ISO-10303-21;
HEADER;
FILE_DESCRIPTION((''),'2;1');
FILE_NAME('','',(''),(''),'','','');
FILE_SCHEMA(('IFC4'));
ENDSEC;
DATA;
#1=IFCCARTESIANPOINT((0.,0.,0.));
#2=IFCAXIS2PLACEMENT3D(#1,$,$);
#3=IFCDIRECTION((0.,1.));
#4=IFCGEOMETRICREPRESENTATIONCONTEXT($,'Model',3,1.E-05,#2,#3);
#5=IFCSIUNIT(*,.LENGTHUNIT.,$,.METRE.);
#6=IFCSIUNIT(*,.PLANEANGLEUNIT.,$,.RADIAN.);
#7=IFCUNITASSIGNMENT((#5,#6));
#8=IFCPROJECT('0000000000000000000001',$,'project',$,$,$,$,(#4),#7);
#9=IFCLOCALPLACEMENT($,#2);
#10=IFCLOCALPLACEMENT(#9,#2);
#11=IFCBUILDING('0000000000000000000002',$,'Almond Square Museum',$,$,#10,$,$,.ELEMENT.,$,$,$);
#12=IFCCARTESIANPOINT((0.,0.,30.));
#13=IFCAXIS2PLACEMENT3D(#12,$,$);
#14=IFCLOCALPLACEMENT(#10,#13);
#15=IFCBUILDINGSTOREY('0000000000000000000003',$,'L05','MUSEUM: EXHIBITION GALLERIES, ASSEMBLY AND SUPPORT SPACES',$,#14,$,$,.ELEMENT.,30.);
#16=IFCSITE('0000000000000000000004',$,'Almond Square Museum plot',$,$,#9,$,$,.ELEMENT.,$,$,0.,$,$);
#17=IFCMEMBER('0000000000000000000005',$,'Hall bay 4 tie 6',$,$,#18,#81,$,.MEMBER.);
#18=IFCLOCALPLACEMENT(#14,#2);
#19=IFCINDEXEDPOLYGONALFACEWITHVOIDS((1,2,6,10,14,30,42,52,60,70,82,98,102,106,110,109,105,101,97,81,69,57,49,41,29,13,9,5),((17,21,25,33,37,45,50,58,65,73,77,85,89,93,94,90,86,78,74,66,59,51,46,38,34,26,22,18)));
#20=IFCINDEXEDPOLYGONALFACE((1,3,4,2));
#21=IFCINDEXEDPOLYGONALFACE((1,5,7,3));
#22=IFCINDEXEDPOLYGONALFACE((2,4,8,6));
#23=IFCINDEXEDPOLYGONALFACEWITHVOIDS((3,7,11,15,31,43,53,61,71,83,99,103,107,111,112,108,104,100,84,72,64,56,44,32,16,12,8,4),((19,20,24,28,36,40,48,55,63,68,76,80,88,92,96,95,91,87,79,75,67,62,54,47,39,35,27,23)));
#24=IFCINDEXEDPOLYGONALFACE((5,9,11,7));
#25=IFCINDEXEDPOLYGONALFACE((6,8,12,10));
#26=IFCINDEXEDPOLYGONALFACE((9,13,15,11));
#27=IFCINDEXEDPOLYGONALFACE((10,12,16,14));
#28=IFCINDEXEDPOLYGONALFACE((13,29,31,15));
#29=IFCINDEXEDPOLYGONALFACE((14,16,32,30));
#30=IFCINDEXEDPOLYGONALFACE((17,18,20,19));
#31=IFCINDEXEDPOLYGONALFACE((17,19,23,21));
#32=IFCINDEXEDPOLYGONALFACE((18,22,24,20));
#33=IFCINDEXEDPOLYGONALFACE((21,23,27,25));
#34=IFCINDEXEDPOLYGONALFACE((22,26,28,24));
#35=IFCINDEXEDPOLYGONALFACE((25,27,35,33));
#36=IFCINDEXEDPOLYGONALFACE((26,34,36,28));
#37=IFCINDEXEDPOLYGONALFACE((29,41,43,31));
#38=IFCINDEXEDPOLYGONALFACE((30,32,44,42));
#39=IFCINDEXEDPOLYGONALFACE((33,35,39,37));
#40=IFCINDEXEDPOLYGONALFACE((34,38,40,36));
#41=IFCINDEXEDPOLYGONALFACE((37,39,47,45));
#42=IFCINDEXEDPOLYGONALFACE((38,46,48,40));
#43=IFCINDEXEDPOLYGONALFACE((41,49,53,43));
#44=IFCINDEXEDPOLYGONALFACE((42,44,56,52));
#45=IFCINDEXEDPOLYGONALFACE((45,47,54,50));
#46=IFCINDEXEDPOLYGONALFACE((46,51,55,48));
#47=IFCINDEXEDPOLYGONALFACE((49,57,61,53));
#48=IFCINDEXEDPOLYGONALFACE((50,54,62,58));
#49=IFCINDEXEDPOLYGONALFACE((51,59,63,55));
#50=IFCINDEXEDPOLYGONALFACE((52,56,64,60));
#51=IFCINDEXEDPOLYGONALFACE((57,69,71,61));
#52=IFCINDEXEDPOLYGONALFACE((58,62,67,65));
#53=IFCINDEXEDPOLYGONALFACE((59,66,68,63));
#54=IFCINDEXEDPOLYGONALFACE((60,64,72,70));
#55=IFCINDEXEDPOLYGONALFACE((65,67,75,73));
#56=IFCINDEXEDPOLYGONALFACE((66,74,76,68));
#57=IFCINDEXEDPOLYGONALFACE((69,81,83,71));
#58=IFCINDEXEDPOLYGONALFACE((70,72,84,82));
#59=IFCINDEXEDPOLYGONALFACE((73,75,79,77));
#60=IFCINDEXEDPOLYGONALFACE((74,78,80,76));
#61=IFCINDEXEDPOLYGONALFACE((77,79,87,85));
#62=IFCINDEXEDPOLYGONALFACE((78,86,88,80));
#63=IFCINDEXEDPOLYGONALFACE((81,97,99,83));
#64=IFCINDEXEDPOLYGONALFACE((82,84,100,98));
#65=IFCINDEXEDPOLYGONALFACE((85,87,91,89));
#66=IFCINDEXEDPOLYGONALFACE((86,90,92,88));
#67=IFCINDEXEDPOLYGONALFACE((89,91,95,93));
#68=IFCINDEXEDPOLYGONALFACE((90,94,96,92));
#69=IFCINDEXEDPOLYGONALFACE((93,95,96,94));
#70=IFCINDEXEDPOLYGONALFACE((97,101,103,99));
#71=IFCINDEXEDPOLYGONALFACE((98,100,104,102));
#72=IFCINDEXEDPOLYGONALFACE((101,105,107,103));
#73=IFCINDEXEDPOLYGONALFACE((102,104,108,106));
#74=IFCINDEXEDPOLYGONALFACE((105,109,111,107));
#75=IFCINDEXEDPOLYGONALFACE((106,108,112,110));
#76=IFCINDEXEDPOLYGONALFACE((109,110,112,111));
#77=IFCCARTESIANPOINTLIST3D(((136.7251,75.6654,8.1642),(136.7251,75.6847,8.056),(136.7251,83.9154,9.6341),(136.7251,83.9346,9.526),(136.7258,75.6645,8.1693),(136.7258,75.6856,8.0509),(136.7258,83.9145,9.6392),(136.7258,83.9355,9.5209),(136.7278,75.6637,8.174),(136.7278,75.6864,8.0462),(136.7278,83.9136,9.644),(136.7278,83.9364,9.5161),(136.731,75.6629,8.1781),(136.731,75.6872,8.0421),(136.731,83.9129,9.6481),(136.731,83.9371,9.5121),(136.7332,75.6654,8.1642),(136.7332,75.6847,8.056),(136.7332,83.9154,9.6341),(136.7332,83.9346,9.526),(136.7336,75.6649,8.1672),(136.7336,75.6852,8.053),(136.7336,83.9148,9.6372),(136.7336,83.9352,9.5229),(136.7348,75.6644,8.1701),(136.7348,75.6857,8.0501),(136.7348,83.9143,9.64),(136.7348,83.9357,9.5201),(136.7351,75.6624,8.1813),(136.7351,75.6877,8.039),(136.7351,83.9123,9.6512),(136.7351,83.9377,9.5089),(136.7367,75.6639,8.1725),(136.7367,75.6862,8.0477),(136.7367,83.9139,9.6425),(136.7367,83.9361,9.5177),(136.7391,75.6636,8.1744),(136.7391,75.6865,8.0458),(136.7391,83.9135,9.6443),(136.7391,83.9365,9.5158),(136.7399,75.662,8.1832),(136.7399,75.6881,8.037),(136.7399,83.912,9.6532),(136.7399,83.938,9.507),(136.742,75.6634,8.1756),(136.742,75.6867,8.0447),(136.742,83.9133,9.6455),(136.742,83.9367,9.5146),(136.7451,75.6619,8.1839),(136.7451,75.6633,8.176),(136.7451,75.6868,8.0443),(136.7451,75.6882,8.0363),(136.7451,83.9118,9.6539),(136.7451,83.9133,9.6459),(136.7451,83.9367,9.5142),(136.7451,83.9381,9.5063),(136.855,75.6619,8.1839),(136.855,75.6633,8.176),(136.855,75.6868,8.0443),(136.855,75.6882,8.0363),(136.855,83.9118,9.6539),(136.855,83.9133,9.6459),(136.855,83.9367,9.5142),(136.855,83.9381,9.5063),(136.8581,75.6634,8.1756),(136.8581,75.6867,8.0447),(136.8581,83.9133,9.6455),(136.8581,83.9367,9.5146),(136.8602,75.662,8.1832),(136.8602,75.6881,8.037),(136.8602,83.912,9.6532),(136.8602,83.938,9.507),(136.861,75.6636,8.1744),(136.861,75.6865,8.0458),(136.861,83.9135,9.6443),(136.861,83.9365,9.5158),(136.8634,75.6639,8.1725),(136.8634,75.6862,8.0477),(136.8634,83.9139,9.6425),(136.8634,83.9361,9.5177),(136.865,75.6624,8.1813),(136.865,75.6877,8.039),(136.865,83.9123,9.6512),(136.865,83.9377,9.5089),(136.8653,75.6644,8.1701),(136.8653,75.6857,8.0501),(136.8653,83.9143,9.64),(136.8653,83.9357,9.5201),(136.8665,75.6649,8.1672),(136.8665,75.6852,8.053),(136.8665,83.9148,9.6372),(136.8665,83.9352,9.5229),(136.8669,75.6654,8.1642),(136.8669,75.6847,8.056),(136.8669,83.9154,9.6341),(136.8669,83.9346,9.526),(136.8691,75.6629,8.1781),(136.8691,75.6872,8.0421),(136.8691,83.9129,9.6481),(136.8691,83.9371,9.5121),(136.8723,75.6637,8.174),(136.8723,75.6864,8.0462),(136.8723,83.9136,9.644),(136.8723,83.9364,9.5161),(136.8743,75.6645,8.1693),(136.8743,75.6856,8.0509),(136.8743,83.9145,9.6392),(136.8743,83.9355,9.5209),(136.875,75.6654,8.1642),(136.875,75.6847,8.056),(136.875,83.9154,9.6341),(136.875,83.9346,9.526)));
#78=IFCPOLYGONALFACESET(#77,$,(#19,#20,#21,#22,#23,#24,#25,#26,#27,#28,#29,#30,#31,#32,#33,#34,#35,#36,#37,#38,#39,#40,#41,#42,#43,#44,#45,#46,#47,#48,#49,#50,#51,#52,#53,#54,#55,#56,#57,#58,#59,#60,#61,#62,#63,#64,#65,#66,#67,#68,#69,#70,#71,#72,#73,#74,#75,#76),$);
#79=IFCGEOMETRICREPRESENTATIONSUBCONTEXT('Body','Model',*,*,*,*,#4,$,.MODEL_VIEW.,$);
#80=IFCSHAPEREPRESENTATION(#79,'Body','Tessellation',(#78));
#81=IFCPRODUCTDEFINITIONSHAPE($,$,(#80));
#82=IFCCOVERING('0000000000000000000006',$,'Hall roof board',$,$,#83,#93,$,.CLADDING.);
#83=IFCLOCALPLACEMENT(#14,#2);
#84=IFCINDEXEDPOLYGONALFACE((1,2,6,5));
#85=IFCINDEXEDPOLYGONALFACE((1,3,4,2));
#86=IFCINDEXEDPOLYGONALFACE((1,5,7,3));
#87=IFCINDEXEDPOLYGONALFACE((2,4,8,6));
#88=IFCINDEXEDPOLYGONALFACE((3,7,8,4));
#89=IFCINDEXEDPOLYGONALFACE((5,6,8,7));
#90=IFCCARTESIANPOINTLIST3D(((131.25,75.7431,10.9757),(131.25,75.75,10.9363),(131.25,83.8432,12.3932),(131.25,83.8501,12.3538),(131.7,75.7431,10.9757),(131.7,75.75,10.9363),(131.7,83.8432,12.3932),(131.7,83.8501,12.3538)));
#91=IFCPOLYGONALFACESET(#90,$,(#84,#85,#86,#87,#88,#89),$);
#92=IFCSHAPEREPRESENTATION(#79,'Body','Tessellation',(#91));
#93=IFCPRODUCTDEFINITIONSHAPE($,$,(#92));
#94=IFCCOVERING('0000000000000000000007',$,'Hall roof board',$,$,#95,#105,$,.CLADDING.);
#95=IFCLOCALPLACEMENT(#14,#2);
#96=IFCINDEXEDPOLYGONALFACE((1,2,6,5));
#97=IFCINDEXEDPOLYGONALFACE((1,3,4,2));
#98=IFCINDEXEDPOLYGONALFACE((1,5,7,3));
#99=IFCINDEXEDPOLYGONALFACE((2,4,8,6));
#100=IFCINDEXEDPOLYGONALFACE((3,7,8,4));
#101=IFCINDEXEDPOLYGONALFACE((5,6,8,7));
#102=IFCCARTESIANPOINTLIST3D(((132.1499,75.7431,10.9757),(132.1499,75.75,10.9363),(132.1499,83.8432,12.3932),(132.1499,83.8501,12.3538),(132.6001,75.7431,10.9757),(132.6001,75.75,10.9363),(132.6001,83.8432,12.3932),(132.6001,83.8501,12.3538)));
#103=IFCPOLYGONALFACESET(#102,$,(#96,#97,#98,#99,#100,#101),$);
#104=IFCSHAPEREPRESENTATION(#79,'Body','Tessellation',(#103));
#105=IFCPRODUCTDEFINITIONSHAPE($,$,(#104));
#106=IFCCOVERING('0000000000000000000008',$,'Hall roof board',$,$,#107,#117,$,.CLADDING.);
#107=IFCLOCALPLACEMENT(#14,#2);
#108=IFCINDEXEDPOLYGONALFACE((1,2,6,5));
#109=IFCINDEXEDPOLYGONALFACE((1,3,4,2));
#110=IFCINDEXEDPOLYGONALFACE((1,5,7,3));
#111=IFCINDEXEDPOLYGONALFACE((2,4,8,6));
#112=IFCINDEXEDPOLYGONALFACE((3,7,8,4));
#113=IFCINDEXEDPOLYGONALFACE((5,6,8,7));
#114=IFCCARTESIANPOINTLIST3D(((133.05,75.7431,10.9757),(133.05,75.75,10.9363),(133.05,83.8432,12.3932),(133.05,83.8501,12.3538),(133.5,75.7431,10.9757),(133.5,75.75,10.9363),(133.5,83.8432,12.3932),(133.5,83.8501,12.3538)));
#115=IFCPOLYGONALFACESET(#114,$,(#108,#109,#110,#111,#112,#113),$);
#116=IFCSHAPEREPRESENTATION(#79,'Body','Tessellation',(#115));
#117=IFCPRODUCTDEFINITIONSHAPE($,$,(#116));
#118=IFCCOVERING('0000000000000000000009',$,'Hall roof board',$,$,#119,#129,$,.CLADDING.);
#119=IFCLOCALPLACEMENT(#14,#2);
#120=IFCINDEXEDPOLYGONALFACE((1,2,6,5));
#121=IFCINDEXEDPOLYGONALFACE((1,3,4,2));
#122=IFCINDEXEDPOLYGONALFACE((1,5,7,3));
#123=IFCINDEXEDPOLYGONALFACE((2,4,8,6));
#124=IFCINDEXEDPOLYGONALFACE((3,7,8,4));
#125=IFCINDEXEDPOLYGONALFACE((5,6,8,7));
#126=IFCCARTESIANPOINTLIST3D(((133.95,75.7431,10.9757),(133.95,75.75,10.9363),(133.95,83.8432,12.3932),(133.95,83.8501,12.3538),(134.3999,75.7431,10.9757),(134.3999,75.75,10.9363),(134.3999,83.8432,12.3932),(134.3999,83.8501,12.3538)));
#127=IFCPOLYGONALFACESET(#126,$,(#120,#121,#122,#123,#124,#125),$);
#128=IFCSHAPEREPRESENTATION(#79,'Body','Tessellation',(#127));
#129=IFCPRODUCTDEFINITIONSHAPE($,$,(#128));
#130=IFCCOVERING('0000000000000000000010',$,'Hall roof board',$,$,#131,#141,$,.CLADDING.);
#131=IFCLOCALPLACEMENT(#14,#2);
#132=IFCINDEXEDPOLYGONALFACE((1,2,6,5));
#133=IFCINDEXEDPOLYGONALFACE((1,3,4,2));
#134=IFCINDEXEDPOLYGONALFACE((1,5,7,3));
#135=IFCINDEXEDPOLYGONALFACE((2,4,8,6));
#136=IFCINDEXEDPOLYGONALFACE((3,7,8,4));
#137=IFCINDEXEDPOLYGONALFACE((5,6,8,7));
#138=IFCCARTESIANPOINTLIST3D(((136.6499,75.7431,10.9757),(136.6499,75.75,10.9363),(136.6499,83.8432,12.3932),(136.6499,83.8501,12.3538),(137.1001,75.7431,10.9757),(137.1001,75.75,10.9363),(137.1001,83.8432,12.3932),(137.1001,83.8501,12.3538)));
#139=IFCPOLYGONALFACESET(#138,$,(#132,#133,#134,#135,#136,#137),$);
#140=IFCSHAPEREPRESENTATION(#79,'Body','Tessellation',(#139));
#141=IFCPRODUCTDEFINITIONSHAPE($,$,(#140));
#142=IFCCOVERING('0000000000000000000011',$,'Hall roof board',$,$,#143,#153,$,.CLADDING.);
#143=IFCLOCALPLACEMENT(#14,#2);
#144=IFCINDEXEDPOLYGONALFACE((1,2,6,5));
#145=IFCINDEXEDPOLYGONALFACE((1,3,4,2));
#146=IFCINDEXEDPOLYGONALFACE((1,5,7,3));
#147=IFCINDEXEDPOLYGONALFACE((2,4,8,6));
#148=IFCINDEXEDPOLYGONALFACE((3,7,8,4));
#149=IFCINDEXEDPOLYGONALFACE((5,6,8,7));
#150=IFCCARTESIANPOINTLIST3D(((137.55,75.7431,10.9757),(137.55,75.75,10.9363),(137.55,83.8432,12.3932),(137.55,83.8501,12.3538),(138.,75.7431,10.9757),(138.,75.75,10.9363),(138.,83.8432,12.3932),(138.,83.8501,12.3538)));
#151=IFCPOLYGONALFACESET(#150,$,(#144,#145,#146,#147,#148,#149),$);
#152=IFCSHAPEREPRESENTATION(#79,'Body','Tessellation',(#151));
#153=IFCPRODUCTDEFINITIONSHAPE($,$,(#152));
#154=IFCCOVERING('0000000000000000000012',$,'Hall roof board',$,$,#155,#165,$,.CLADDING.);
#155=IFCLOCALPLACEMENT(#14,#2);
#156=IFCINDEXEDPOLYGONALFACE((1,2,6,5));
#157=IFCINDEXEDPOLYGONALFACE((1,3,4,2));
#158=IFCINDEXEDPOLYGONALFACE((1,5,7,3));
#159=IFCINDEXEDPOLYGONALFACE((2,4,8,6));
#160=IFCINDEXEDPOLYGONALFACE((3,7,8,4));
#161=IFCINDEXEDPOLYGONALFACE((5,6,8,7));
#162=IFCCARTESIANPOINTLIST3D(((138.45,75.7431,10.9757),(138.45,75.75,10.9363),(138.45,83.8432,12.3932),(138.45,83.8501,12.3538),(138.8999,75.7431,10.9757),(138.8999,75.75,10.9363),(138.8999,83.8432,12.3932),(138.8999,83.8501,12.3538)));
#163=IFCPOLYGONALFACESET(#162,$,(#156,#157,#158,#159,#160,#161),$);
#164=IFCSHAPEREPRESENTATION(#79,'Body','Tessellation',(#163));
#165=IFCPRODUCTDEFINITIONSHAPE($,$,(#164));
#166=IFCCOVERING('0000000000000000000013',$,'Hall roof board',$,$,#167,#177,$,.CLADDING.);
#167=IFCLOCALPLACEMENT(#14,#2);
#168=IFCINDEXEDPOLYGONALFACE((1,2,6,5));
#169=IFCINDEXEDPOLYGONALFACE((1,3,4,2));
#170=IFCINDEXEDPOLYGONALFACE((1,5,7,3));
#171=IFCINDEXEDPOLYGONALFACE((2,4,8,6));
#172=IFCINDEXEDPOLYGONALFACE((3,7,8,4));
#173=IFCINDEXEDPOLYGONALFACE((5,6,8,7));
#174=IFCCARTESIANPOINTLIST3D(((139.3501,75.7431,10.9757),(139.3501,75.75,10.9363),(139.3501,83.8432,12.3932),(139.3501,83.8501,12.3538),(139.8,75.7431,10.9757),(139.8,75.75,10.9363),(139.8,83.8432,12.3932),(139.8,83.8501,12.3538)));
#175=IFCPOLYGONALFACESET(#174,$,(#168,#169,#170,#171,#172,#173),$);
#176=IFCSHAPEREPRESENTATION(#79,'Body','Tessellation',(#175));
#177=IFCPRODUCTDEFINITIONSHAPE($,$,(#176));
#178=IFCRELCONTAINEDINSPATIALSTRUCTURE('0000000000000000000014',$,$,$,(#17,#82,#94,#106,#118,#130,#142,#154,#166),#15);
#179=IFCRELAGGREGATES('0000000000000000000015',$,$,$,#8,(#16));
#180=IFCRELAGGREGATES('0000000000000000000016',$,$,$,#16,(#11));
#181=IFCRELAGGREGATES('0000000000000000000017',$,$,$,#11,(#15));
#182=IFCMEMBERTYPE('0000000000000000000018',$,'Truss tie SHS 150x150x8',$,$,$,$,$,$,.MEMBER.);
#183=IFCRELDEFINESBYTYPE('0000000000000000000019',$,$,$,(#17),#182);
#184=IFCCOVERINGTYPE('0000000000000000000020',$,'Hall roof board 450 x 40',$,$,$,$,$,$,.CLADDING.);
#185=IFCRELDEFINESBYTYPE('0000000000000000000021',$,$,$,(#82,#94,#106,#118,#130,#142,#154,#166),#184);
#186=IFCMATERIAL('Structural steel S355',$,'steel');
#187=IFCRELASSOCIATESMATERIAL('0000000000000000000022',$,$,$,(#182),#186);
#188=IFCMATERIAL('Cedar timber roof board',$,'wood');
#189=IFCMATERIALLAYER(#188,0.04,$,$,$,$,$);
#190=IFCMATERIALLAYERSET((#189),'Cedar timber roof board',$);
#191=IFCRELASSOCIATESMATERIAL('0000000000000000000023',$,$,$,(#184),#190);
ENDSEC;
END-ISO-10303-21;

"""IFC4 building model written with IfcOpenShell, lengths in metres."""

from ifc_helpers import new_model, si_unit, direction, frame, origin, origin_2d, place, context, subcontext, project, spatial, polyline, hollow_rectangle, outline, extrude, material, layer, layer_set, material_profile, profile_set, type_object, element, save


model = new_model("IFC4")

# Units and contexts
model_context = context("Model", 3, precision=1e-05, world=origin(), true_north=direction((0.0, 1.0)))
body_context = subcontext(model_context, "Body", "Model", "MODEL_VIEW")
ifc_project = project(units=[si_unit("LENGTHUNIT", "METRE"), si_unit("PLANEANGLEUNIT", "RADIAN")], contexts=[model_context])

# Site, building, storey
site_placement = place(None, origin())
site = spatial("IfcSite", under=ifc_project, at=site_placement, Name="Almond Square Museum plot", CompositionType="ELEMENT", RefElevation=0.0)
building_placement = place(site_placement, origin())
building = spatial("IfcBuilding", under=site, at=building_placement, Name="Almond Square Museum", CompositionType="ELEMENT")
storey_placement = place(building_placement, frame((0.0, 0.0, 30.0)))
storey = spatial("IfcBuildingStorey", under=building, at=storey_placement, Name="L05", Description="MUSEUM: EXHIBITION GALLERIES, ASSEMBLY AND SUPPORT SPACES", CompositionType="ELEMENT", Elevation=30.0)

# Member
ifc_material_1 = material(Name="Structural steel S355", Category="steel")
ifc_material_profile_1 = material_profile(ifc_material_1, hollow_rectangle(XDim=0.1499, YDim=0.1499, WallThickness=0.0081, InnerFilletRadius=0.012, OuterFilletRadius=0.02, at=origin_2d()))
ifc_profile_set_1 = profile_set([ifc_material_profile_1], Name="Structural steel S355")
member_type_1 = type_object("IfcMemberType", Name="Truss tie SHS 150x150x8", PredefinedType="MEMBER", material=ifc_profile_set_1)
member_1_placement = place(storey_placement, frame((136.8, 75.675, 8.1101), z_axis=(0.0, 0.984494, 0.175416), x_axis=(-1.0, 0.0, 0.0)))
element("IfcMember", 1, at=member_1_placement, inside=storey, type_object=member_type_1, Name="Hall bay 4 tie 6", PredefinedType="MEMBER", context=body_context, shape_type="SweptSolid", body=[
    extrude(hollow_rectangle(XDim=0.1499, YDim=0.1499, WallThickness=0.0081, InnerFilletRadius=0.012, OuterFilletRadius=0.02, at=origin_2d()), origin(), (0.0, 0.0, 1.0), 8.3799),
])

# Coverings
ifc_material_2 = material(Name="Cedar timber roof board", Category="wood")
ifc_layer = layer(ifc_material_2, 0.04)
ifc_layer_set = layer_set([ifc_layer], Name="Cedar timber roof board")
covering_type = type_object("IfcCoveringType", Name="Hall roof board 450 x 40", PredefinedType="CLADDING", material=ifc_layer_set)
covering_1_placement = place(storey_placement, frame((131.7, 83.8501, 12.3538), z_axis=(0.0, -0.172376, 0.985031), x_axis=(-1.0, 0.0, 0.0)))
element("IfcCovering", 2, at=covering_1_placement, inside=storey, type_object=covering_type, Name="Hall roof board", PredefinedType="CLADDING", context=body_context, shape_type="SweptSolid", body=[
    extrude(outline(polyline([(0.0, 0.0), (0.45, 0.0), (0.45, 8.2232), (0.0, 8.2232), (0.0, 0.0)])), origin(), (0.0, 0.0, 1.0), 0.04),
])
covering_2_placement = place(storey_placement, frame((132.6001, 83.8501, 12.3538), z_axis=(0.0, -0.172376, 0.985031), x_axis=(-1.0, 0.0, 0.0)))
element("IfcCovering", 3, at=covering_2_placement, inside=storey, type_object=covering_type, Name="Hall roof board", PredefinedType="CLADDING", context=body_context, shape_type="SweptSolid", body=[
    extrude(outline(polyline([(0.0, 0.0), (0.4502, 0.0), (0.4502, 8.2232), (0.0, 8.2232), (0.0, 0.0)])), origin(), (0.0, 0.0, 1.0), 0.04),
])
for number, where, z_axis, x_axis, name in (
    (4, (133.5, 83.8501, 12.3538), (0.0, -0.172376, 0.985031), (-1.0, 0.0, 0.0), "Hall roof board"),
    (5, (134.3999, 83.8501, 12.3538), (0.0, -0.172376, 0.985031), (-1.0, 0.0, 0.0), "Hall roof board"),
):
    element("IfcCovering", number, at=place(storey_placement, frame(where, z_axis=z_axis, x_axis=x_axis)), inside=storey, type_object=covering_type, Name=name, PredefinedType="CLADDING", context=body_context, shape_type="SweptSolid", body=[
        extrude(outline(polyline([(0.0, 0.0), (0.45, 0.0), (0.45, 8.2232), (0.0, 8.2232), (0.0, 0.0)])), origin(), (0.0, 0.0, 1.0), 0.04),
    ])
covering_3_placement = place(storey_placement, frame((137.1001, 83.8501, 12.3538), z_axis=(0.0, -0.172376, 0.985031), x_axis=(-1.0, 0.0, 0.0)))
element("IfcCovering", 6, at=covering_3_placement, inside=storey, type_object=covering_type, Name="Hall roof board", PredefinedType="CLADDING", context=body_context, shape_type="SweptSolid", body=[
    extrude(outline(polyline([(0.0, 0.0), (0.4502, 0.0), (0.4502, 8.2232), (0.0, 8.2232), (0.0, 0.0)])), origin(), (0.0, 0.0, 1.0), 0.04),
])
for number, where, z_axis, x_axis, name in (
    (7, (138.0, 83.8501, 12.3538), (0.0, -0.172376, 0.985031), (-1.0, 0.0, 0.0), "Hall roof board"),
    (8, (138.8999, 83.8501, 12.3538), (0.0, -0.172376, 0.985031), (-1.0, 0.0, 0.0), "Hall roof board"),
    (9, (139.8, 83.8501, 12.3538), (0.0, -0.172376, 0.985031), (-1.0, 0.0, 0.0), "Hall roof board"),
):
    element("IfcCovering", number, at=place(storey_placement, frame(where, z_axis=z_axis, x_axis=x_axis)), inside=storey, type_object=covering_type, Name=name, PredefinedType="CLADDING", context=body_context, shape_type="SweptSolid", body=[
        extrude(outline(polyline([(0.0, 0.0), (0.45, 0.0), (0.45, 8.2232), (0.0, 8.2232), (0.0, 0.0)])), origin(), (0.0, 0.0, 1.0), 0.04),
    ])

save(model, "model.ifc")
